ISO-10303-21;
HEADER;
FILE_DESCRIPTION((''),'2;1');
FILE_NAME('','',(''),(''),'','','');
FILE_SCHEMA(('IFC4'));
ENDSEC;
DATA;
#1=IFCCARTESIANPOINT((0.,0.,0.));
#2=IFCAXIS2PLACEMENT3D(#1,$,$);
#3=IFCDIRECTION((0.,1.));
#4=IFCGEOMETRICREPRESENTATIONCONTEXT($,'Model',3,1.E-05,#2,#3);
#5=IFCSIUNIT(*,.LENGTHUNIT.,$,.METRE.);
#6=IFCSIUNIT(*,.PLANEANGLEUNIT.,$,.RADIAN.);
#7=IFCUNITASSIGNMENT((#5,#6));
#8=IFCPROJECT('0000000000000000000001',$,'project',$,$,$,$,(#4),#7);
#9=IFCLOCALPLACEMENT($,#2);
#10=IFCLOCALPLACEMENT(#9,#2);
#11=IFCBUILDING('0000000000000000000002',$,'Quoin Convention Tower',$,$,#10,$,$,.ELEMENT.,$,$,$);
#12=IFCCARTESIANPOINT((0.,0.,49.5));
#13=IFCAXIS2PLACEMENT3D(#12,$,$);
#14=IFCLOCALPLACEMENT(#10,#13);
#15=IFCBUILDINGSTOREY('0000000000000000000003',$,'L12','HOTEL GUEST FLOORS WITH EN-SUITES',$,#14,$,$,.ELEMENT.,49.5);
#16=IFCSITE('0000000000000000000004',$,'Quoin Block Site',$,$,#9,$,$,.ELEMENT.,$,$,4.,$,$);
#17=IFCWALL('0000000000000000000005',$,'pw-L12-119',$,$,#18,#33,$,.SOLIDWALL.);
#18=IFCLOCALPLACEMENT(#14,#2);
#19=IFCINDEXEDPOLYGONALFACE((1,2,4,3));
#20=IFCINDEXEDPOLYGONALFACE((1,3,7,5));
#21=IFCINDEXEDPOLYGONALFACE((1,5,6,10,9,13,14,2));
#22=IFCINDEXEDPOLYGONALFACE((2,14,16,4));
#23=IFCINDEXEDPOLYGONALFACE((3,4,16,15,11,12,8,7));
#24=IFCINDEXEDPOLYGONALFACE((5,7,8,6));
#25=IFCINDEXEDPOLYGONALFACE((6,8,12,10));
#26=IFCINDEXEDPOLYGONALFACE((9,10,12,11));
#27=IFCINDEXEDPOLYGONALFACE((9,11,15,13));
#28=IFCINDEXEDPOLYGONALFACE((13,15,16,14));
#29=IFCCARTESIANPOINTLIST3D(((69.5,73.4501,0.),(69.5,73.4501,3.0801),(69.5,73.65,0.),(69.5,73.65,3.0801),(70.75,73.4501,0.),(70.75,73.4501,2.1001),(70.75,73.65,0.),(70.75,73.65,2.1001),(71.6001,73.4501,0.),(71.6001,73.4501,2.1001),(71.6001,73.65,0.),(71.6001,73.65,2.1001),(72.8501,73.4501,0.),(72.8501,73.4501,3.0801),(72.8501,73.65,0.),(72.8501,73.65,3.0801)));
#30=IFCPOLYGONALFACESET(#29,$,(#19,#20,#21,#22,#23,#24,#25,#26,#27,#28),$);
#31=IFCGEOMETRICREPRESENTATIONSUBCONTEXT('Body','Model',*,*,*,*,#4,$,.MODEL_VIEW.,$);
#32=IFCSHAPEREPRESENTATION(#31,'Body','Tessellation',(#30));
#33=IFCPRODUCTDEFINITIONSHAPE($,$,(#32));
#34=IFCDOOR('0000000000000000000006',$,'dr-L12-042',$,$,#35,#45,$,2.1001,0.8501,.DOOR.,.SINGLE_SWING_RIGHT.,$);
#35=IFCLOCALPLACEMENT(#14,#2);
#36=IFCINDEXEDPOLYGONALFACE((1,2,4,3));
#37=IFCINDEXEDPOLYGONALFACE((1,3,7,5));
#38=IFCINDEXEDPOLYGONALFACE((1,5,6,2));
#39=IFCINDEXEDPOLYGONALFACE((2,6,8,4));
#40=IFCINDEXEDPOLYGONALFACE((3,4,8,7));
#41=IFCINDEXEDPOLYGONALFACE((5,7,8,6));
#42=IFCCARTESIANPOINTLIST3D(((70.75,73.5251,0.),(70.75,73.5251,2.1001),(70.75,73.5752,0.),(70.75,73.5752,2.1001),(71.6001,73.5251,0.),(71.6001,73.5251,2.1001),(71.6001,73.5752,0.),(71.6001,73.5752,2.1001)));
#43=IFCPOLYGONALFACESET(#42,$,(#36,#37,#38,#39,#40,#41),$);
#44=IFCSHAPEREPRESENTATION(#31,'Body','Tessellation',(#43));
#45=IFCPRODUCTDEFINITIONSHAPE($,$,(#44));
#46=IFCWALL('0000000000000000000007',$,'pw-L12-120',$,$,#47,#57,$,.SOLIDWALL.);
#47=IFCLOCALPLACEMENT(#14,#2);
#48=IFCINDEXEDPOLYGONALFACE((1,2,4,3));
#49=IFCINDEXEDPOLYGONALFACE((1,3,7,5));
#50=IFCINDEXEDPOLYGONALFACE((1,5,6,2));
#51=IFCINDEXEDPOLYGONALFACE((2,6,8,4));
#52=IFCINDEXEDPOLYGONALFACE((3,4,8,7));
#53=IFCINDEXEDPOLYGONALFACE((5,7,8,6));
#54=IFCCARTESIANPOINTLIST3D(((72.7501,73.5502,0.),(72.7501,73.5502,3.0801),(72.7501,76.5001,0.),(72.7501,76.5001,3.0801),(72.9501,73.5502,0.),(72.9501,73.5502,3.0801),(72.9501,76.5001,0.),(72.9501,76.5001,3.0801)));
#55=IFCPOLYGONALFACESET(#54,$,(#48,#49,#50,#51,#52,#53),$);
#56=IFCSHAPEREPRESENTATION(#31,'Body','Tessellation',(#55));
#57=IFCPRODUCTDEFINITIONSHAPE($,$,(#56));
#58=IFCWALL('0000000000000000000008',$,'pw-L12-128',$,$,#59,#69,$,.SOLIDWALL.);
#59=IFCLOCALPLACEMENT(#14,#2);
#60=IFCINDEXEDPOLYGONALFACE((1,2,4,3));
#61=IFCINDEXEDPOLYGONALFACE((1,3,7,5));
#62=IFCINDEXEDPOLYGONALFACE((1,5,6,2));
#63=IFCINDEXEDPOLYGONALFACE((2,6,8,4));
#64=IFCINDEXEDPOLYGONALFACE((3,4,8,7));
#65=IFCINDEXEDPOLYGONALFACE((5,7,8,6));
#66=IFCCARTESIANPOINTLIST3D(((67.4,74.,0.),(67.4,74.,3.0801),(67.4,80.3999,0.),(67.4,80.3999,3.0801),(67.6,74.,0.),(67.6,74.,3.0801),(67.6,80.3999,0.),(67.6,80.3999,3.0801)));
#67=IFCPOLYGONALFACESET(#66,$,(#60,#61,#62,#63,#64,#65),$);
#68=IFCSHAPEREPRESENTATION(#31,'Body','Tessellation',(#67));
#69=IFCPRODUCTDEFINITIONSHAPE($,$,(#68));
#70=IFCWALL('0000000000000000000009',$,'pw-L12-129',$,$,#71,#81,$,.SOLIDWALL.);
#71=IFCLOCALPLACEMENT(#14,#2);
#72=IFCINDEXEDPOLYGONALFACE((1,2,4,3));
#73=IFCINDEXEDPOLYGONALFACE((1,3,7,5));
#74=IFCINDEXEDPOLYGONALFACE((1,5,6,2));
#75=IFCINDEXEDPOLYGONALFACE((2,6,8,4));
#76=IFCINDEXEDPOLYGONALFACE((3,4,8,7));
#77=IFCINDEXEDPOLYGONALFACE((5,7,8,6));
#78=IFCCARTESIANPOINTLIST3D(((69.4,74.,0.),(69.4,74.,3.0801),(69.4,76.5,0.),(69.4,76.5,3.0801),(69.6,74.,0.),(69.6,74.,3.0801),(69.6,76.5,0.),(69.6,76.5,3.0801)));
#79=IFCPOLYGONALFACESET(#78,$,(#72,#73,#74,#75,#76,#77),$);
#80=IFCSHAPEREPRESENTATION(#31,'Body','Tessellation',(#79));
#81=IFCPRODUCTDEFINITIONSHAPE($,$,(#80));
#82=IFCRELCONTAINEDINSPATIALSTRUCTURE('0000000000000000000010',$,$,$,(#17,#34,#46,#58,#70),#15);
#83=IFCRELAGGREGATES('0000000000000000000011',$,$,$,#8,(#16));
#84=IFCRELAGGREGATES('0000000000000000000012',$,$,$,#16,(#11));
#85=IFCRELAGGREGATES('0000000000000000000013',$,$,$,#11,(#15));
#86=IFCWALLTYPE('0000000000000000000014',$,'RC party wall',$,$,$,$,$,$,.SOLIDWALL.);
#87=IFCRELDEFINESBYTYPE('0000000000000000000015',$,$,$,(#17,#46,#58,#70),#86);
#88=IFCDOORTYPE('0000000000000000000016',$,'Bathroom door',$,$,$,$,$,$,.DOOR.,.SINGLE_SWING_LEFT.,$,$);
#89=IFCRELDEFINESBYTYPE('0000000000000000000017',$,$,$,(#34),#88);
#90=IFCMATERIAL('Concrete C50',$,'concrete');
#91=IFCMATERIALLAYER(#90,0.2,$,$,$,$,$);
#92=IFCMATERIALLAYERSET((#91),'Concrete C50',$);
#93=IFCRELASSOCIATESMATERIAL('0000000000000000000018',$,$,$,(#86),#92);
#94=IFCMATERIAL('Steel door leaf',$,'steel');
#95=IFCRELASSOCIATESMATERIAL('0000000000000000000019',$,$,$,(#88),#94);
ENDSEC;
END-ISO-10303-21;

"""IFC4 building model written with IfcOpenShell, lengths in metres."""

from ifc_helpers import new_model, si_unit, direction, frame, frame_2d, origin, place, context, subcontext, project, spatial, rectangle, extrude, material, layer, layer_set, type_object, element, fill, save


model = new_model("IFC4")

# Units and contexts
model_context = context("Model", 3, precision=1e-05, world=origin(), true_north=direction((0.0, 1.0)))
body_context = subcontext(model_context, "Body", "Model", "MODEL_VIEW")
ifc_project = project(units=[si_unit("LENGTHUNIT", "METRE"), si_unit("PLANEANGLEUNIT", "RADIAN")], contexts=[model_context])

# Site, building, storey
site_placement = place(None, origin())
site = spatial("IfcSite", under=ifc_project, at=site_placement, Name="Quoin Block Site", CompositionType="ELEMENT", RefElevation=4.0)
building_placement = place(site_placement, origin())
building = spatial("IfcBuilding", under=site, at=building_placement, Name="Quoin Convention Tower", CompositionType="ELEMENT")
storey_placement = place(building_placement, frame((0.0, 0.0, 49.5)))
storey = spatial("IfcBuildingStorey", under=building, at=storey_placement, Name="L12", Description="HOTEL GUEST FLOORS WITH EN-SUITES", CompositionType="ELEMENT", Elevation=49.5)

# Shared definitions
ifc_material_1 = material(Name="Concrete C50", Category="concrete")
ifc_layer_1 = layer(ifc_material_1, 0.2)
ifc_layer_set_1 = layer_set([ifc_layer_1], Name="Concrete C50")
wall_type_1 = type_object("IfcWallType", Name="RC party wall", PredefinedType="SOLIDWALL", material=ifc_layer_set_1)

# Wall, opening, door
wall_1_placement = place(storey_placement, frame((69.5, 73.55, 0.0), z_axis=(0.0, 0.0, 1.0), x_axis=(1.0, 0.0, 0.0)))
wall_1 = element("IfcWall", 1, at=wall_1_placement, inside=storey, type_object=wall_type_1, Name="pw-L12-119", PredefinedType="SOLIDWALL", context=body_context, shape_type="SweptSolid", body=[
    extrude(rectangle(XDim=3.3501, YDim=0.2, at=frame_2d((1.675, 0.0))), origin(), (0.0, 0.0, 1.0), 3.0801),
])
opening_placement = place(wall_1_placement, frame((1.25, 0.0, 0.0)))
opening = element("IfcOpeningElement", 2, at=opening_placement, cuts=wall_1, PredefinedType="OPENING", context=body_context, shape_type="SweptSolid", body=[
    extrude(rectangle(XDim=0.8501, YDim=2.1001, at=frame_2d((0.425, 1.05))), frame((0.0, 0.1099, 0.0), z_axis=(0.0, -1.0, 0.0), x_axis=(1.0, 0.0, 0.0)), (0.0, 0.0, 1.0), 0.22),
])
ifc_material_2 = material(Name="Steel door leaf", Category="steel")
door_type = type_object("IfcDoorType", Name="Bathroom door", OperationType="SINGLE_SWING_LEFT", PredefinedType="DOOR", material=ifc_material_2)
door_placement = place(opening_placement, frame((0.8501, 0.0, 0.0), z_axis=(0.0, 0.0, 1.0), x_axis=(-1.0, 0.0, 0.0)))
door = element("IfcDoor", 3, at=door_placement, inside=storey, type_object=door_type, Name="dr-L12-042", OperationType="SINGLE_SWING_RIGHT", OverallHeight=2.1001, OverallWidth=0.8501, PredefinedType="DOOR", context=body_context, shape_type="SweptSolid", body=[
    extrude(rectangle(XDim=0.8501, YDim=2.1001, at=frame_2d((0.425, 1.05))), frame((0.0, 0.0249, 0.0), z_axis=(0.0, -1.0, 0.0), x_axis=(1.0, 0.0, 0.0)), (0.0, 0.0, 1.0), 0.05),
])
fill(opening, door)

# Walls
wall_2_placement = place(storey_placement, frame((72.8501, 73.55, 0.0), z_axis=(0.0, 0.0, 1.0), x_axis=(0.0, 1.0, 0.0)))
element("IfcWall", 4, at=wall_2_placement, inside=storey, type_object=wall_type_1, Name="pw-L12-120", PredefinedType="SOLIDWALL", context=body_context, shape_type="SweptSolid", body=[
    extrude(rectangle(XDim=2.95, YDim=0.2, at=frame_2d((1.4751, 0.0))), origin(), (0.0, 0.0, 1.0), 3.0801),
])
wall_3_placement = place(storey_placement, frame((67.5, 74.0, 0.0), z_axis=(0.0, 0.0, 1.0), x_axis=(0.0, 1.0, 0.0)))
element("IfcWall", 5, at=wall_3_placement, inside=storey, type_object=wall_type_1, Name="pw-L12-128", PredefinedType="SOLIDWALL", context=body_context, shape_type="SweptSolid", body=[
    extrude(rectangle(XDim=6.3999, YDim=0.2, at=frame_2d((3.2, 0.0))), origin(), (0.0, 0.0, 1.0), 3.0801),
])
wall_4_placement = place(storey_placement, frame((69.5, 74.0, 0.0), z_axis=(0.0, 0.0, 1.0), x_axis=(0.0, 1.0, 0.0)))
element("IfcWall", 6, at=wall_4_placement, inside=storey, type_object=wall_type_1, Name="pw-L12-129", PredefinedType="SOLIDWALL", context=body_context, shape_type="SweptSolid", body=[
    extrude(rectangle(XDim=2.5, YDim=0.2, at=frame_2d((1.25, 0.0))), origin(), (0.0, 0.0, 1.0), 3.0801),
])

save(model, "model.ifc")
